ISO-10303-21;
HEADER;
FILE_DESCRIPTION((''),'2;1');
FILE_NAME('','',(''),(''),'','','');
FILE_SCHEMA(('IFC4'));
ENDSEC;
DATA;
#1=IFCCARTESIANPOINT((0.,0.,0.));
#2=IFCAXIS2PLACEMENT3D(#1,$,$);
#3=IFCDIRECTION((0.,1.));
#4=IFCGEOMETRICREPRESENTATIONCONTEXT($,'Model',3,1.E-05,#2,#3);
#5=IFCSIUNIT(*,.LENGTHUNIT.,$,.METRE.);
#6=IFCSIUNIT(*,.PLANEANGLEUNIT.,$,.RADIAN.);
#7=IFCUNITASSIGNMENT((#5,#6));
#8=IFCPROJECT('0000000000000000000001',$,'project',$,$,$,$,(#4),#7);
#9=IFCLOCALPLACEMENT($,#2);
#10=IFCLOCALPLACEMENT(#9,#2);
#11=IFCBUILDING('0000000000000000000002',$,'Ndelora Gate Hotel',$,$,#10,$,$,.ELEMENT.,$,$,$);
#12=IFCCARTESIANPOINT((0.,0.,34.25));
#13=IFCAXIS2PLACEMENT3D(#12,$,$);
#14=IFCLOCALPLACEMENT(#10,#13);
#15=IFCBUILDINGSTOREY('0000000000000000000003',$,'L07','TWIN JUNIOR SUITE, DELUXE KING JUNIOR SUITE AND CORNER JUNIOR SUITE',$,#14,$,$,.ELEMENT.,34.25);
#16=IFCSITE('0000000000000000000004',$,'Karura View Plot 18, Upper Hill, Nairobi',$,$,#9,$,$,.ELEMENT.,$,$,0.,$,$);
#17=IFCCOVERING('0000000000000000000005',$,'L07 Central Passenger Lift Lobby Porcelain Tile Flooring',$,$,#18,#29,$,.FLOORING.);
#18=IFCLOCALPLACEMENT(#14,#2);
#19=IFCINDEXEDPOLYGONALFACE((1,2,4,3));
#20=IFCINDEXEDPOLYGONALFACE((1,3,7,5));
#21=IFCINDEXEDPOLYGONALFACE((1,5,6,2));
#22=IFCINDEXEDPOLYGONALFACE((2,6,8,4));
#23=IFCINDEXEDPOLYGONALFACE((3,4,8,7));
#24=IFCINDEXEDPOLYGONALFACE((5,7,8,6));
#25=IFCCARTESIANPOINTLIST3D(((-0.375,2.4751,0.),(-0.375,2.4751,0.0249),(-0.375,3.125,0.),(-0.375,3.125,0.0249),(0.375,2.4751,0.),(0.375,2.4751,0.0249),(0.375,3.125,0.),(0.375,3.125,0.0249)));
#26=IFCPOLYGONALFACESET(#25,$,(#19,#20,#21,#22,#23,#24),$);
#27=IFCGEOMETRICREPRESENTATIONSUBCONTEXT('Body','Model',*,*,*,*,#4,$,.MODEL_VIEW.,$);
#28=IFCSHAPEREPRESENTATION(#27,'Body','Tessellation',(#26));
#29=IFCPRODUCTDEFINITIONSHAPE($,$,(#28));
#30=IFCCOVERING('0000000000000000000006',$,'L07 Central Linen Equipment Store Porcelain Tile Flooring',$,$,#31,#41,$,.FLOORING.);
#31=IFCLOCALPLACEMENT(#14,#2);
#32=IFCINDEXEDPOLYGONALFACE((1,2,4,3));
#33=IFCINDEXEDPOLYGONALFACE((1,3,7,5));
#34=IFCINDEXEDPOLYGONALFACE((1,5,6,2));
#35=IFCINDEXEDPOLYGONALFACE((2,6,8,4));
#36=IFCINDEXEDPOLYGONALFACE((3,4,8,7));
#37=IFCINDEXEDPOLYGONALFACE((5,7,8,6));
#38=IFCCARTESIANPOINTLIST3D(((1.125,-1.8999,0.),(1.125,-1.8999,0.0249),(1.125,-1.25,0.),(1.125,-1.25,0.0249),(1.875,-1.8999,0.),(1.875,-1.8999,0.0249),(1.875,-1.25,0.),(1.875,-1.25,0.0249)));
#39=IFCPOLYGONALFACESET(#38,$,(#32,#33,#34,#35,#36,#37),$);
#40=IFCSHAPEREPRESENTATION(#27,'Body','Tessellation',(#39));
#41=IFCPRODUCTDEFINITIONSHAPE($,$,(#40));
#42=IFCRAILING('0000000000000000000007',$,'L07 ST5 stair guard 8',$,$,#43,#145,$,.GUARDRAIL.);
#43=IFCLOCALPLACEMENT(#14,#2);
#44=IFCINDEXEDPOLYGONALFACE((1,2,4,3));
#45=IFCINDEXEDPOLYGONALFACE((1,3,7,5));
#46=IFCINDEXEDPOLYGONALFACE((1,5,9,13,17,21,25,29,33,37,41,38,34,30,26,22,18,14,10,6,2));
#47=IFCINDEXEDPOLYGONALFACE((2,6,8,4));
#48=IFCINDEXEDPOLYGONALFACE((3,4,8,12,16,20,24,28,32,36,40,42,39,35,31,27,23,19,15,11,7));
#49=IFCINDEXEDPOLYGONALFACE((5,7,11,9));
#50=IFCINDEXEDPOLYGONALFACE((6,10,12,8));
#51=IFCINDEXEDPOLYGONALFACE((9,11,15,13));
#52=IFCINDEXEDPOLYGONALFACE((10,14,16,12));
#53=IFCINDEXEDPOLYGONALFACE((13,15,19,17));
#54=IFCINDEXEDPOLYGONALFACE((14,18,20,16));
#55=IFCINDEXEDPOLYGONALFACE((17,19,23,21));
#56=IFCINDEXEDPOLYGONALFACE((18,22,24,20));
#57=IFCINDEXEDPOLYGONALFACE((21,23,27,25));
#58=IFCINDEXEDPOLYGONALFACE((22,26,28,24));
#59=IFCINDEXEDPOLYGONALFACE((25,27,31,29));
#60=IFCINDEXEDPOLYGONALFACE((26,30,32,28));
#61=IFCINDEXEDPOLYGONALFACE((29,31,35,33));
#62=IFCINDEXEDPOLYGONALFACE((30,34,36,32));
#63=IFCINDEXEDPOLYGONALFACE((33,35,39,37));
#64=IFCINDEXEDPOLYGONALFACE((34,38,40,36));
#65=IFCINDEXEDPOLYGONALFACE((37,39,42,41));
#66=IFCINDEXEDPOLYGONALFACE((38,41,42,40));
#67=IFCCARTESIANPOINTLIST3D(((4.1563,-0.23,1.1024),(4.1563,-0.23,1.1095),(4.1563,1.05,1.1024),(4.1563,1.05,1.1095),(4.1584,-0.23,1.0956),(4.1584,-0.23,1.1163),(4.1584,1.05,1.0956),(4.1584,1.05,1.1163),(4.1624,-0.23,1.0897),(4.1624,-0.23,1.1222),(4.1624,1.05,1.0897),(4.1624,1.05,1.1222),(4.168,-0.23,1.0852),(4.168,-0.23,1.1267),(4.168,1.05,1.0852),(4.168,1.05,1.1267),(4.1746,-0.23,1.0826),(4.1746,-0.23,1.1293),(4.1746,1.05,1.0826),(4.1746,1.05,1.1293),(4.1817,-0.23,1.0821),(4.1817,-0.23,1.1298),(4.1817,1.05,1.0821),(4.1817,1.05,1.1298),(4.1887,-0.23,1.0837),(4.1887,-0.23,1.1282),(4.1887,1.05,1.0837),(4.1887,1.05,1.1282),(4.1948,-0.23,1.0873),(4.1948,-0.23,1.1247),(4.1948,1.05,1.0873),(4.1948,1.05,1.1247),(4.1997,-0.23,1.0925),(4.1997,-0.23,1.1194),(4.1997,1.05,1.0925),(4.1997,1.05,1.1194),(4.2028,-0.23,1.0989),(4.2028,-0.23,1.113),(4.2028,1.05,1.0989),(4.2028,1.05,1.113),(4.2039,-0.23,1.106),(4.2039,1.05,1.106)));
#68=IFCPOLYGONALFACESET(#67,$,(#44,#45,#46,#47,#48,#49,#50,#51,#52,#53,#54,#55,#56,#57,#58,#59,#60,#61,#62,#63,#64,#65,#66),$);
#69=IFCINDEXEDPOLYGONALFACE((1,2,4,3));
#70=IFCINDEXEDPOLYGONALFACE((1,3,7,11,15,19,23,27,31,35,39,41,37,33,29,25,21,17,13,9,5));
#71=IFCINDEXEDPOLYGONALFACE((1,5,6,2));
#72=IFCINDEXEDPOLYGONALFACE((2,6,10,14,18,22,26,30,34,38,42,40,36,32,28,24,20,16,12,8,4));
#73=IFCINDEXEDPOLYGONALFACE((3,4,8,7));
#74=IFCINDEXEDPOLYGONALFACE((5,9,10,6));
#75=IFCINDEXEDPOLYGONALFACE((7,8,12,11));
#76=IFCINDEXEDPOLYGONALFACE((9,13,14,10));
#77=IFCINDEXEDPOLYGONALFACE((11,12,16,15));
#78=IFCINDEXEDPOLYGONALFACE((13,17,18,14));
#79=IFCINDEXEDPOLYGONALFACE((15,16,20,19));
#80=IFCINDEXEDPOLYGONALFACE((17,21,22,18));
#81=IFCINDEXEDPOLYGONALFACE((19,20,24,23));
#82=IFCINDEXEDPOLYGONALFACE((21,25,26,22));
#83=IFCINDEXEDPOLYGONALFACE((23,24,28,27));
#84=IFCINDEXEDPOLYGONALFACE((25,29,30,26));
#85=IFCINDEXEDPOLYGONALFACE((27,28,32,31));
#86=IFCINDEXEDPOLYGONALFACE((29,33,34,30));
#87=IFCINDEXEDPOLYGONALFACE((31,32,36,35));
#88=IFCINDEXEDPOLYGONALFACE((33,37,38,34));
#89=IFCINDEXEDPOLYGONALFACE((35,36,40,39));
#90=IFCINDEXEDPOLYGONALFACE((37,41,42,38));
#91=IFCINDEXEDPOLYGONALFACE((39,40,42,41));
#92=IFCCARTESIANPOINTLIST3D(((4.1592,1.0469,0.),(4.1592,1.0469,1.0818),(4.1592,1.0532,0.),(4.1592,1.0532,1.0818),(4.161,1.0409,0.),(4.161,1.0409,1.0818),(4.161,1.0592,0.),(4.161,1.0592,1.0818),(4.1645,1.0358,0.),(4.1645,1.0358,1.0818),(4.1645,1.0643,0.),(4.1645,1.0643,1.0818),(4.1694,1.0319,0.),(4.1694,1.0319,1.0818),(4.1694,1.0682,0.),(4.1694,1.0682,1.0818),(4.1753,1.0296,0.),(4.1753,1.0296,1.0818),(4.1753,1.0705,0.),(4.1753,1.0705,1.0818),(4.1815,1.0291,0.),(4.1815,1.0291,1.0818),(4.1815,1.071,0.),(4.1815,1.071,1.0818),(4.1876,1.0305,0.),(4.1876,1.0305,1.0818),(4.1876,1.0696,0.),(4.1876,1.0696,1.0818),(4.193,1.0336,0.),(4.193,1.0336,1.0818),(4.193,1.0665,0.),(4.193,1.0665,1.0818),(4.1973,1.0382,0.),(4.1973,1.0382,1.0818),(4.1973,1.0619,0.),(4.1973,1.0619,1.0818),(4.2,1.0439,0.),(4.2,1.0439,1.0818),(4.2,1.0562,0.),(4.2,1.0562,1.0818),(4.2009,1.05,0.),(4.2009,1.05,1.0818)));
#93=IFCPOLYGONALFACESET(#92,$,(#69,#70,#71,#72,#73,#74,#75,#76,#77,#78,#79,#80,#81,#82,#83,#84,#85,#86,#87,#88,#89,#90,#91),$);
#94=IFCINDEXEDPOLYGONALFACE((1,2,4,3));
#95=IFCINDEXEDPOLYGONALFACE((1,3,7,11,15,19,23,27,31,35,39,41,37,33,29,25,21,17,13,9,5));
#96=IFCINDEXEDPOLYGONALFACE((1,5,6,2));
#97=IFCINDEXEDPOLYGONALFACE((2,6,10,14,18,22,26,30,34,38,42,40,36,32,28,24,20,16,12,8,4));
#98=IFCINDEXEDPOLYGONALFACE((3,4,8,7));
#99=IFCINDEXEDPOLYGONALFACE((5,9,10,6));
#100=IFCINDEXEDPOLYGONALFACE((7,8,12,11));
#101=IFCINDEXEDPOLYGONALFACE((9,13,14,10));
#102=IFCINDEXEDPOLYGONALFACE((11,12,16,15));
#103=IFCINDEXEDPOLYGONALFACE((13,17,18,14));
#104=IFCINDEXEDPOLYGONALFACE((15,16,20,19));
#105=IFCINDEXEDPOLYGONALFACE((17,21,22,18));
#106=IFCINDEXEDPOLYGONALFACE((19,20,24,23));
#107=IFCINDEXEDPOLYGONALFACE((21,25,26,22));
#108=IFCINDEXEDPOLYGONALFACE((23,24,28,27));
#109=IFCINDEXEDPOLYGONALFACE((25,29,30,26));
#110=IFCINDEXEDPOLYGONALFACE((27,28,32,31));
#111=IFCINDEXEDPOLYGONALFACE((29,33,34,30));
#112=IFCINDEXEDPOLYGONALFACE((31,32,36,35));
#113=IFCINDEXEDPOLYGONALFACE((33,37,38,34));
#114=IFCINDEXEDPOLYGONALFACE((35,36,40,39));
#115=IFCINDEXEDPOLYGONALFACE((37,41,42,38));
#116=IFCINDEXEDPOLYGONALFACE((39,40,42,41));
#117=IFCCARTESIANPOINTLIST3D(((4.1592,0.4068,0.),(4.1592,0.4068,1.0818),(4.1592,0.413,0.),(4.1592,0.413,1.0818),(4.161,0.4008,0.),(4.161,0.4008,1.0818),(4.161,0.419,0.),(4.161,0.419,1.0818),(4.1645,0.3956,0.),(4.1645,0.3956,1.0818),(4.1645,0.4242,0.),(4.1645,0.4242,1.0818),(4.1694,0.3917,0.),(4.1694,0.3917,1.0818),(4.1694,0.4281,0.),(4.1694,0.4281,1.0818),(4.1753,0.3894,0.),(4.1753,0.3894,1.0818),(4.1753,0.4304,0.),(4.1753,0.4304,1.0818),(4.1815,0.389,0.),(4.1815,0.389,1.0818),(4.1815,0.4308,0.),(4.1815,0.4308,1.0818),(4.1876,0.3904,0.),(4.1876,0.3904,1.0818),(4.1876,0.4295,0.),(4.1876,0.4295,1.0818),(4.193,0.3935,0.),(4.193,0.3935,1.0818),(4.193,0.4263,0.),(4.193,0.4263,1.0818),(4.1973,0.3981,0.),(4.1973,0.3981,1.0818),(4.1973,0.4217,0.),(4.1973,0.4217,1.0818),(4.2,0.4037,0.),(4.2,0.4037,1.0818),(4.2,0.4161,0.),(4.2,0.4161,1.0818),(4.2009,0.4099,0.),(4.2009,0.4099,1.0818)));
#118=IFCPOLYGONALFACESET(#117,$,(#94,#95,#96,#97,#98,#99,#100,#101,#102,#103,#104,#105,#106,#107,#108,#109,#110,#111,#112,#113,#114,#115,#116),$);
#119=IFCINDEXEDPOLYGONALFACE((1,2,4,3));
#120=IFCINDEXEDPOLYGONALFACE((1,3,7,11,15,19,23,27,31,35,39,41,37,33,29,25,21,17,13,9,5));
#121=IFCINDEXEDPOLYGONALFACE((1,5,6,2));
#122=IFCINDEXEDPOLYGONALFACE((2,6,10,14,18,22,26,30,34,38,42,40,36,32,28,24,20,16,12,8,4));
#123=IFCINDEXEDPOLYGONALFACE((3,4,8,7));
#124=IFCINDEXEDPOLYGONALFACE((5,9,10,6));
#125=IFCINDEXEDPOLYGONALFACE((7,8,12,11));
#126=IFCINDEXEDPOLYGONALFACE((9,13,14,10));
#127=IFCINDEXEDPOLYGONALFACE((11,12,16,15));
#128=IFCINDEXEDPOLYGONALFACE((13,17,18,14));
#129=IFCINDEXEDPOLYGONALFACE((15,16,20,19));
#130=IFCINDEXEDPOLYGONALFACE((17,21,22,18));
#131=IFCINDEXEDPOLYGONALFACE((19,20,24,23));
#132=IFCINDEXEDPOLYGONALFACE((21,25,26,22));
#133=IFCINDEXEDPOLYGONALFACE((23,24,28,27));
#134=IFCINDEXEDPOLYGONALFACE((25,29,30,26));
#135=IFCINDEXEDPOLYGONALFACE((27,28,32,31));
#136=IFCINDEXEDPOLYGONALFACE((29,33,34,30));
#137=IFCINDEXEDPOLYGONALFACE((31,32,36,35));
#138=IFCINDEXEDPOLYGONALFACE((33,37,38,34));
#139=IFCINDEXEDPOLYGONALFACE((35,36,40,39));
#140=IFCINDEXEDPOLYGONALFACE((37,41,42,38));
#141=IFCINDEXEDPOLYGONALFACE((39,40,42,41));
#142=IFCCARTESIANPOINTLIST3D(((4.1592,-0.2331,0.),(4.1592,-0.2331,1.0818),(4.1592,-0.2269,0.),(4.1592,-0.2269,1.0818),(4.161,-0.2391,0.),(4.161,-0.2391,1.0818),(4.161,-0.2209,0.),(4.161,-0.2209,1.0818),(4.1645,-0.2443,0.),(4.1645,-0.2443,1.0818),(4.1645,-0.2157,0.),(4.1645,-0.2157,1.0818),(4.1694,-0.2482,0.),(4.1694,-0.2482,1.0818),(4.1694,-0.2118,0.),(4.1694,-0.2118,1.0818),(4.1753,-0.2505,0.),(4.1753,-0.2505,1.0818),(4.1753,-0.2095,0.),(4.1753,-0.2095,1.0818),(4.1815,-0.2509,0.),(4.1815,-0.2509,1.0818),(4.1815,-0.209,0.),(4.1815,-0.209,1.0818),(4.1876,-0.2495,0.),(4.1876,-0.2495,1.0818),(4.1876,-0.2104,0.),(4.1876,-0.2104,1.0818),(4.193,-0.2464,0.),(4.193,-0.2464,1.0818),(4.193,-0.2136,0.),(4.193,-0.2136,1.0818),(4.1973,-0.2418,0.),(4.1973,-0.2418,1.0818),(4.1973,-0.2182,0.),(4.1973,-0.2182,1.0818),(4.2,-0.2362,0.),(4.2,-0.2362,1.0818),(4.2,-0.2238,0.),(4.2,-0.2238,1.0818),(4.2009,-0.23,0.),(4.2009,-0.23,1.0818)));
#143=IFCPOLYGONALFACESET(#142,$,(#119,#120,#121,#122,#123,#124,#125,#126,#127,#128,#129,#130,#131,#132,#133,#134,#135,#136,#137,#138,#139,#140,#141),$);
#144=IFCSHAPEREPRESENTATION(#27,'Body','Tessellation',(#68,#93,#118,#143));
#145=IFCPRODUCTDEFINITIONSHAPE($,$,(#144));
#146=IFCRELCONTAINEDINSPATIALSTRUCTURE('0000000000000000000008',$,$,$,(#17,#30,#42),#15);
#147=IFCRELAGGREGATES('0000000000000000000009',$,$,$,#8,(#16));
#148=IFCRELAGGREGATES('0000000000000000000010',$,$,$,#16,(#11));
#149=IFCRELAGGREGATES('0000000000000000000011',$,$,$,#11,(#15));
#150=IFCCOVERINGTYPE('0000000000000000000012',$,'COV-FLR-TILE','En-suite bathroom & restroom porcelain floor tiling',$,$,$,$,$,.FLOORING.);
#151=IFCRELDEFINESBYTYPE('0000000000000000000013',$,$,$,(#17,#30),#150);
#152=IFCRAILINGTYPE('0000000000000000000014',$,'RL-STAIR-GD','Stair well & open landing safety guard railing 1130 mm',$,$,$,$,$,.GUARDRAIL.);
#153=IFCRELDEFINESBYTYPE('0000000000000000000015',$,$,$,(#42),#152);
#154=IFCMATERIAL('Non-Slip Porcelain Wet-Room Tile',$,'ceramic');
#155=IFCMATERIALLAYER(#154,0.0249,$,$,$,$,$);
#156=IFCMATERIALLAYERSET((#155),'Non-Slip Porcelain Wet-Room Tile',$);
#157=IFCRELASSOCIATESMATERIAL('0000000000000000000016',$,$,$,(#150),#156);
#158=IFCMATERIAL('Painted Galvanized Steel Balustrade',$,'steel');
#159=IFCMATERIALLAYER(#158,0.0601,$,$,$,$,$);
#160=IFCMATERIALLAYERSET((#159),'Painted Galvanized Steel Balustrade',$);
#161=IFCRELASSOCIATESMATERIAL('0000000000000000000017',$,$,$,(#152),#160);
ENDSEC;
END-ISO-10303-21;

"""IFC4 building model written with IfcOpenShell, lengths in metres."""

from ifc_helpers import new_model, si_unit, direction, frame, origin, origin_2d, place, context, subcontext, project, spatial, rectangle, circle, extrude, material, layer, layer_set, type_object, element, save


model = new_model("IFC4")

# Units and contexts
model_context = context("Model", 3, precision=1e-05, world=origin(), true_north=direction((0.0, 1.0)))
body_context = subcontext(model_context, "Body", "Model", "MODEL_VIEW")
ifc_project = project(units=[si_unit("LENGTHUNIT", "METRE"), si_unit("PLANEANGLEUNIT", "RADIAN")], contexts=[model_context])

# Site, building, storey
site_placement = place(None, origin())
site = spatial("IfcSite", under=ifc_project, at=site_placement, Name="Karura View Plot 18, Upper Hill, Nairobi", CompositionType="ELEMENT", RefElevation=0.0)
building_placement = place(site_placement, origin())
building = spatial("IfcBuilding", under=site, at=building_placement, Name="Ndelora Gate Hotel", CompositionType="ELEMENT")
storey_placement = place(building_placement, frame((0.0, 0.0, 34.25)))
storey = spatial("IfcBuildingStorey", under=building, at=storey_placement, Name="L07", Description="TWIN JUNIOR SUITE, DELUXE KING JUNIOR SUITE AND CORNER JUNIOR SUITE", CompositionType="ELEMENT", Elevation=34.25)

# Coverings
ifc_material_1 = material(Name="Non-Slip Porcelain Wet-Room Tile", Category="ceramic")
ifc_layer_1 = layer(ifc_material_1, 0.0249)
ifc_layer_set_1 = layer_set([ifc_layer_1], Name="Non-Slip Porcelain Wet-Room Tile")
covering_type_1 = type_object("IfcCoveringType", Name="COV-FLR-TILE", Description="En-suite bathroom & restroom porcelain floor tiling", PredefinedType="FLOORING", material=ifc_layer_set_1)
for number, where, z_axis, x_axis, name in (
    (1, (0.0, 2.8, 0.0), (0.0, 0.0, 1.0), (1.0, 0.0, 0.0), "L07 Central Passenger Lift Lobby Porcelain Tile Flooring"),
    (2, (1.5, -1.575, 0.0), (0.0, 0.0, 1.0), (1.0, 0.0, 0.0), "L07 Central Linen Equipment Store Porcelain Tile Flooring"),
):
    element("IfcCovering", number, at=place(storey_placement, frame(where, z_axis=z_axis, x_axis=x_axis)), inside=storey, type_object=covering_type_1, Name=name, PredefinedType="FLOORING", context=body_context, shape_type="SweptSolid", body=[
        extrude(rectangle(XDim=0.75, YDim=0.6499, at=origin_2d()), origin(), (0.0, 0.0, 1.0), 0.0249),
    ])

# Railing
ifc_material_2 = material(Name="Painted Galvanized Steel Balustrade", Category="steel")
ifc_layer_2 = layer(ifc_material_2, 0.0601)
ifc_layer_set_2 = layer_set([ifc_layer_2], Name="Painted Galvanized Steel Balustrade")
railing_type_1 = type_object("IfcRailingType", Name="RL-STAIR-GD", Description="Stair well & open landing safety guard railing 1130 mm", PredefinedType="GUARDRAIL", material=ifc_layer_set_2)
railing_1_placement = place(storey_placement, frame((4.1799, 1.05, 0.0)))
element("IfcRailing", 3, at=railing_1_placement, inside=storey, type_object=railing_type_1, Name="L07 ST5 stair guard 8", PredefinedType="GUARDRAIL", context=body_context, shape_type="SweptSolid", body=[
    extrude(circle(Radius=0.0239, at=origin_2d()), frame((0.0, 0.0, 1.106), z_axis=(0.0, -1.0, 0.0), x_axis=(1.0, 0.0, 0.0)), (0.0, 0.0, 1.0), 1.28),
    extrude(circle(Radius=0.021, at=origin_2d()), origin(), (0.0, 0.0, 1.0), 1.0818),
    extrude(circle(Radius=0.021, at=origin_2d()), frame((0.0, -0.6401, 0.0)), (0.0, 0.0, 1.0), 1.0818),
    extrude(circle(Radius=0.021, at=origin_2d()), frame((0.0, -1.28, 0.0)), (0.0, 0.0, 1.0), 1.0818),
])

save(model, "model.ifc")
